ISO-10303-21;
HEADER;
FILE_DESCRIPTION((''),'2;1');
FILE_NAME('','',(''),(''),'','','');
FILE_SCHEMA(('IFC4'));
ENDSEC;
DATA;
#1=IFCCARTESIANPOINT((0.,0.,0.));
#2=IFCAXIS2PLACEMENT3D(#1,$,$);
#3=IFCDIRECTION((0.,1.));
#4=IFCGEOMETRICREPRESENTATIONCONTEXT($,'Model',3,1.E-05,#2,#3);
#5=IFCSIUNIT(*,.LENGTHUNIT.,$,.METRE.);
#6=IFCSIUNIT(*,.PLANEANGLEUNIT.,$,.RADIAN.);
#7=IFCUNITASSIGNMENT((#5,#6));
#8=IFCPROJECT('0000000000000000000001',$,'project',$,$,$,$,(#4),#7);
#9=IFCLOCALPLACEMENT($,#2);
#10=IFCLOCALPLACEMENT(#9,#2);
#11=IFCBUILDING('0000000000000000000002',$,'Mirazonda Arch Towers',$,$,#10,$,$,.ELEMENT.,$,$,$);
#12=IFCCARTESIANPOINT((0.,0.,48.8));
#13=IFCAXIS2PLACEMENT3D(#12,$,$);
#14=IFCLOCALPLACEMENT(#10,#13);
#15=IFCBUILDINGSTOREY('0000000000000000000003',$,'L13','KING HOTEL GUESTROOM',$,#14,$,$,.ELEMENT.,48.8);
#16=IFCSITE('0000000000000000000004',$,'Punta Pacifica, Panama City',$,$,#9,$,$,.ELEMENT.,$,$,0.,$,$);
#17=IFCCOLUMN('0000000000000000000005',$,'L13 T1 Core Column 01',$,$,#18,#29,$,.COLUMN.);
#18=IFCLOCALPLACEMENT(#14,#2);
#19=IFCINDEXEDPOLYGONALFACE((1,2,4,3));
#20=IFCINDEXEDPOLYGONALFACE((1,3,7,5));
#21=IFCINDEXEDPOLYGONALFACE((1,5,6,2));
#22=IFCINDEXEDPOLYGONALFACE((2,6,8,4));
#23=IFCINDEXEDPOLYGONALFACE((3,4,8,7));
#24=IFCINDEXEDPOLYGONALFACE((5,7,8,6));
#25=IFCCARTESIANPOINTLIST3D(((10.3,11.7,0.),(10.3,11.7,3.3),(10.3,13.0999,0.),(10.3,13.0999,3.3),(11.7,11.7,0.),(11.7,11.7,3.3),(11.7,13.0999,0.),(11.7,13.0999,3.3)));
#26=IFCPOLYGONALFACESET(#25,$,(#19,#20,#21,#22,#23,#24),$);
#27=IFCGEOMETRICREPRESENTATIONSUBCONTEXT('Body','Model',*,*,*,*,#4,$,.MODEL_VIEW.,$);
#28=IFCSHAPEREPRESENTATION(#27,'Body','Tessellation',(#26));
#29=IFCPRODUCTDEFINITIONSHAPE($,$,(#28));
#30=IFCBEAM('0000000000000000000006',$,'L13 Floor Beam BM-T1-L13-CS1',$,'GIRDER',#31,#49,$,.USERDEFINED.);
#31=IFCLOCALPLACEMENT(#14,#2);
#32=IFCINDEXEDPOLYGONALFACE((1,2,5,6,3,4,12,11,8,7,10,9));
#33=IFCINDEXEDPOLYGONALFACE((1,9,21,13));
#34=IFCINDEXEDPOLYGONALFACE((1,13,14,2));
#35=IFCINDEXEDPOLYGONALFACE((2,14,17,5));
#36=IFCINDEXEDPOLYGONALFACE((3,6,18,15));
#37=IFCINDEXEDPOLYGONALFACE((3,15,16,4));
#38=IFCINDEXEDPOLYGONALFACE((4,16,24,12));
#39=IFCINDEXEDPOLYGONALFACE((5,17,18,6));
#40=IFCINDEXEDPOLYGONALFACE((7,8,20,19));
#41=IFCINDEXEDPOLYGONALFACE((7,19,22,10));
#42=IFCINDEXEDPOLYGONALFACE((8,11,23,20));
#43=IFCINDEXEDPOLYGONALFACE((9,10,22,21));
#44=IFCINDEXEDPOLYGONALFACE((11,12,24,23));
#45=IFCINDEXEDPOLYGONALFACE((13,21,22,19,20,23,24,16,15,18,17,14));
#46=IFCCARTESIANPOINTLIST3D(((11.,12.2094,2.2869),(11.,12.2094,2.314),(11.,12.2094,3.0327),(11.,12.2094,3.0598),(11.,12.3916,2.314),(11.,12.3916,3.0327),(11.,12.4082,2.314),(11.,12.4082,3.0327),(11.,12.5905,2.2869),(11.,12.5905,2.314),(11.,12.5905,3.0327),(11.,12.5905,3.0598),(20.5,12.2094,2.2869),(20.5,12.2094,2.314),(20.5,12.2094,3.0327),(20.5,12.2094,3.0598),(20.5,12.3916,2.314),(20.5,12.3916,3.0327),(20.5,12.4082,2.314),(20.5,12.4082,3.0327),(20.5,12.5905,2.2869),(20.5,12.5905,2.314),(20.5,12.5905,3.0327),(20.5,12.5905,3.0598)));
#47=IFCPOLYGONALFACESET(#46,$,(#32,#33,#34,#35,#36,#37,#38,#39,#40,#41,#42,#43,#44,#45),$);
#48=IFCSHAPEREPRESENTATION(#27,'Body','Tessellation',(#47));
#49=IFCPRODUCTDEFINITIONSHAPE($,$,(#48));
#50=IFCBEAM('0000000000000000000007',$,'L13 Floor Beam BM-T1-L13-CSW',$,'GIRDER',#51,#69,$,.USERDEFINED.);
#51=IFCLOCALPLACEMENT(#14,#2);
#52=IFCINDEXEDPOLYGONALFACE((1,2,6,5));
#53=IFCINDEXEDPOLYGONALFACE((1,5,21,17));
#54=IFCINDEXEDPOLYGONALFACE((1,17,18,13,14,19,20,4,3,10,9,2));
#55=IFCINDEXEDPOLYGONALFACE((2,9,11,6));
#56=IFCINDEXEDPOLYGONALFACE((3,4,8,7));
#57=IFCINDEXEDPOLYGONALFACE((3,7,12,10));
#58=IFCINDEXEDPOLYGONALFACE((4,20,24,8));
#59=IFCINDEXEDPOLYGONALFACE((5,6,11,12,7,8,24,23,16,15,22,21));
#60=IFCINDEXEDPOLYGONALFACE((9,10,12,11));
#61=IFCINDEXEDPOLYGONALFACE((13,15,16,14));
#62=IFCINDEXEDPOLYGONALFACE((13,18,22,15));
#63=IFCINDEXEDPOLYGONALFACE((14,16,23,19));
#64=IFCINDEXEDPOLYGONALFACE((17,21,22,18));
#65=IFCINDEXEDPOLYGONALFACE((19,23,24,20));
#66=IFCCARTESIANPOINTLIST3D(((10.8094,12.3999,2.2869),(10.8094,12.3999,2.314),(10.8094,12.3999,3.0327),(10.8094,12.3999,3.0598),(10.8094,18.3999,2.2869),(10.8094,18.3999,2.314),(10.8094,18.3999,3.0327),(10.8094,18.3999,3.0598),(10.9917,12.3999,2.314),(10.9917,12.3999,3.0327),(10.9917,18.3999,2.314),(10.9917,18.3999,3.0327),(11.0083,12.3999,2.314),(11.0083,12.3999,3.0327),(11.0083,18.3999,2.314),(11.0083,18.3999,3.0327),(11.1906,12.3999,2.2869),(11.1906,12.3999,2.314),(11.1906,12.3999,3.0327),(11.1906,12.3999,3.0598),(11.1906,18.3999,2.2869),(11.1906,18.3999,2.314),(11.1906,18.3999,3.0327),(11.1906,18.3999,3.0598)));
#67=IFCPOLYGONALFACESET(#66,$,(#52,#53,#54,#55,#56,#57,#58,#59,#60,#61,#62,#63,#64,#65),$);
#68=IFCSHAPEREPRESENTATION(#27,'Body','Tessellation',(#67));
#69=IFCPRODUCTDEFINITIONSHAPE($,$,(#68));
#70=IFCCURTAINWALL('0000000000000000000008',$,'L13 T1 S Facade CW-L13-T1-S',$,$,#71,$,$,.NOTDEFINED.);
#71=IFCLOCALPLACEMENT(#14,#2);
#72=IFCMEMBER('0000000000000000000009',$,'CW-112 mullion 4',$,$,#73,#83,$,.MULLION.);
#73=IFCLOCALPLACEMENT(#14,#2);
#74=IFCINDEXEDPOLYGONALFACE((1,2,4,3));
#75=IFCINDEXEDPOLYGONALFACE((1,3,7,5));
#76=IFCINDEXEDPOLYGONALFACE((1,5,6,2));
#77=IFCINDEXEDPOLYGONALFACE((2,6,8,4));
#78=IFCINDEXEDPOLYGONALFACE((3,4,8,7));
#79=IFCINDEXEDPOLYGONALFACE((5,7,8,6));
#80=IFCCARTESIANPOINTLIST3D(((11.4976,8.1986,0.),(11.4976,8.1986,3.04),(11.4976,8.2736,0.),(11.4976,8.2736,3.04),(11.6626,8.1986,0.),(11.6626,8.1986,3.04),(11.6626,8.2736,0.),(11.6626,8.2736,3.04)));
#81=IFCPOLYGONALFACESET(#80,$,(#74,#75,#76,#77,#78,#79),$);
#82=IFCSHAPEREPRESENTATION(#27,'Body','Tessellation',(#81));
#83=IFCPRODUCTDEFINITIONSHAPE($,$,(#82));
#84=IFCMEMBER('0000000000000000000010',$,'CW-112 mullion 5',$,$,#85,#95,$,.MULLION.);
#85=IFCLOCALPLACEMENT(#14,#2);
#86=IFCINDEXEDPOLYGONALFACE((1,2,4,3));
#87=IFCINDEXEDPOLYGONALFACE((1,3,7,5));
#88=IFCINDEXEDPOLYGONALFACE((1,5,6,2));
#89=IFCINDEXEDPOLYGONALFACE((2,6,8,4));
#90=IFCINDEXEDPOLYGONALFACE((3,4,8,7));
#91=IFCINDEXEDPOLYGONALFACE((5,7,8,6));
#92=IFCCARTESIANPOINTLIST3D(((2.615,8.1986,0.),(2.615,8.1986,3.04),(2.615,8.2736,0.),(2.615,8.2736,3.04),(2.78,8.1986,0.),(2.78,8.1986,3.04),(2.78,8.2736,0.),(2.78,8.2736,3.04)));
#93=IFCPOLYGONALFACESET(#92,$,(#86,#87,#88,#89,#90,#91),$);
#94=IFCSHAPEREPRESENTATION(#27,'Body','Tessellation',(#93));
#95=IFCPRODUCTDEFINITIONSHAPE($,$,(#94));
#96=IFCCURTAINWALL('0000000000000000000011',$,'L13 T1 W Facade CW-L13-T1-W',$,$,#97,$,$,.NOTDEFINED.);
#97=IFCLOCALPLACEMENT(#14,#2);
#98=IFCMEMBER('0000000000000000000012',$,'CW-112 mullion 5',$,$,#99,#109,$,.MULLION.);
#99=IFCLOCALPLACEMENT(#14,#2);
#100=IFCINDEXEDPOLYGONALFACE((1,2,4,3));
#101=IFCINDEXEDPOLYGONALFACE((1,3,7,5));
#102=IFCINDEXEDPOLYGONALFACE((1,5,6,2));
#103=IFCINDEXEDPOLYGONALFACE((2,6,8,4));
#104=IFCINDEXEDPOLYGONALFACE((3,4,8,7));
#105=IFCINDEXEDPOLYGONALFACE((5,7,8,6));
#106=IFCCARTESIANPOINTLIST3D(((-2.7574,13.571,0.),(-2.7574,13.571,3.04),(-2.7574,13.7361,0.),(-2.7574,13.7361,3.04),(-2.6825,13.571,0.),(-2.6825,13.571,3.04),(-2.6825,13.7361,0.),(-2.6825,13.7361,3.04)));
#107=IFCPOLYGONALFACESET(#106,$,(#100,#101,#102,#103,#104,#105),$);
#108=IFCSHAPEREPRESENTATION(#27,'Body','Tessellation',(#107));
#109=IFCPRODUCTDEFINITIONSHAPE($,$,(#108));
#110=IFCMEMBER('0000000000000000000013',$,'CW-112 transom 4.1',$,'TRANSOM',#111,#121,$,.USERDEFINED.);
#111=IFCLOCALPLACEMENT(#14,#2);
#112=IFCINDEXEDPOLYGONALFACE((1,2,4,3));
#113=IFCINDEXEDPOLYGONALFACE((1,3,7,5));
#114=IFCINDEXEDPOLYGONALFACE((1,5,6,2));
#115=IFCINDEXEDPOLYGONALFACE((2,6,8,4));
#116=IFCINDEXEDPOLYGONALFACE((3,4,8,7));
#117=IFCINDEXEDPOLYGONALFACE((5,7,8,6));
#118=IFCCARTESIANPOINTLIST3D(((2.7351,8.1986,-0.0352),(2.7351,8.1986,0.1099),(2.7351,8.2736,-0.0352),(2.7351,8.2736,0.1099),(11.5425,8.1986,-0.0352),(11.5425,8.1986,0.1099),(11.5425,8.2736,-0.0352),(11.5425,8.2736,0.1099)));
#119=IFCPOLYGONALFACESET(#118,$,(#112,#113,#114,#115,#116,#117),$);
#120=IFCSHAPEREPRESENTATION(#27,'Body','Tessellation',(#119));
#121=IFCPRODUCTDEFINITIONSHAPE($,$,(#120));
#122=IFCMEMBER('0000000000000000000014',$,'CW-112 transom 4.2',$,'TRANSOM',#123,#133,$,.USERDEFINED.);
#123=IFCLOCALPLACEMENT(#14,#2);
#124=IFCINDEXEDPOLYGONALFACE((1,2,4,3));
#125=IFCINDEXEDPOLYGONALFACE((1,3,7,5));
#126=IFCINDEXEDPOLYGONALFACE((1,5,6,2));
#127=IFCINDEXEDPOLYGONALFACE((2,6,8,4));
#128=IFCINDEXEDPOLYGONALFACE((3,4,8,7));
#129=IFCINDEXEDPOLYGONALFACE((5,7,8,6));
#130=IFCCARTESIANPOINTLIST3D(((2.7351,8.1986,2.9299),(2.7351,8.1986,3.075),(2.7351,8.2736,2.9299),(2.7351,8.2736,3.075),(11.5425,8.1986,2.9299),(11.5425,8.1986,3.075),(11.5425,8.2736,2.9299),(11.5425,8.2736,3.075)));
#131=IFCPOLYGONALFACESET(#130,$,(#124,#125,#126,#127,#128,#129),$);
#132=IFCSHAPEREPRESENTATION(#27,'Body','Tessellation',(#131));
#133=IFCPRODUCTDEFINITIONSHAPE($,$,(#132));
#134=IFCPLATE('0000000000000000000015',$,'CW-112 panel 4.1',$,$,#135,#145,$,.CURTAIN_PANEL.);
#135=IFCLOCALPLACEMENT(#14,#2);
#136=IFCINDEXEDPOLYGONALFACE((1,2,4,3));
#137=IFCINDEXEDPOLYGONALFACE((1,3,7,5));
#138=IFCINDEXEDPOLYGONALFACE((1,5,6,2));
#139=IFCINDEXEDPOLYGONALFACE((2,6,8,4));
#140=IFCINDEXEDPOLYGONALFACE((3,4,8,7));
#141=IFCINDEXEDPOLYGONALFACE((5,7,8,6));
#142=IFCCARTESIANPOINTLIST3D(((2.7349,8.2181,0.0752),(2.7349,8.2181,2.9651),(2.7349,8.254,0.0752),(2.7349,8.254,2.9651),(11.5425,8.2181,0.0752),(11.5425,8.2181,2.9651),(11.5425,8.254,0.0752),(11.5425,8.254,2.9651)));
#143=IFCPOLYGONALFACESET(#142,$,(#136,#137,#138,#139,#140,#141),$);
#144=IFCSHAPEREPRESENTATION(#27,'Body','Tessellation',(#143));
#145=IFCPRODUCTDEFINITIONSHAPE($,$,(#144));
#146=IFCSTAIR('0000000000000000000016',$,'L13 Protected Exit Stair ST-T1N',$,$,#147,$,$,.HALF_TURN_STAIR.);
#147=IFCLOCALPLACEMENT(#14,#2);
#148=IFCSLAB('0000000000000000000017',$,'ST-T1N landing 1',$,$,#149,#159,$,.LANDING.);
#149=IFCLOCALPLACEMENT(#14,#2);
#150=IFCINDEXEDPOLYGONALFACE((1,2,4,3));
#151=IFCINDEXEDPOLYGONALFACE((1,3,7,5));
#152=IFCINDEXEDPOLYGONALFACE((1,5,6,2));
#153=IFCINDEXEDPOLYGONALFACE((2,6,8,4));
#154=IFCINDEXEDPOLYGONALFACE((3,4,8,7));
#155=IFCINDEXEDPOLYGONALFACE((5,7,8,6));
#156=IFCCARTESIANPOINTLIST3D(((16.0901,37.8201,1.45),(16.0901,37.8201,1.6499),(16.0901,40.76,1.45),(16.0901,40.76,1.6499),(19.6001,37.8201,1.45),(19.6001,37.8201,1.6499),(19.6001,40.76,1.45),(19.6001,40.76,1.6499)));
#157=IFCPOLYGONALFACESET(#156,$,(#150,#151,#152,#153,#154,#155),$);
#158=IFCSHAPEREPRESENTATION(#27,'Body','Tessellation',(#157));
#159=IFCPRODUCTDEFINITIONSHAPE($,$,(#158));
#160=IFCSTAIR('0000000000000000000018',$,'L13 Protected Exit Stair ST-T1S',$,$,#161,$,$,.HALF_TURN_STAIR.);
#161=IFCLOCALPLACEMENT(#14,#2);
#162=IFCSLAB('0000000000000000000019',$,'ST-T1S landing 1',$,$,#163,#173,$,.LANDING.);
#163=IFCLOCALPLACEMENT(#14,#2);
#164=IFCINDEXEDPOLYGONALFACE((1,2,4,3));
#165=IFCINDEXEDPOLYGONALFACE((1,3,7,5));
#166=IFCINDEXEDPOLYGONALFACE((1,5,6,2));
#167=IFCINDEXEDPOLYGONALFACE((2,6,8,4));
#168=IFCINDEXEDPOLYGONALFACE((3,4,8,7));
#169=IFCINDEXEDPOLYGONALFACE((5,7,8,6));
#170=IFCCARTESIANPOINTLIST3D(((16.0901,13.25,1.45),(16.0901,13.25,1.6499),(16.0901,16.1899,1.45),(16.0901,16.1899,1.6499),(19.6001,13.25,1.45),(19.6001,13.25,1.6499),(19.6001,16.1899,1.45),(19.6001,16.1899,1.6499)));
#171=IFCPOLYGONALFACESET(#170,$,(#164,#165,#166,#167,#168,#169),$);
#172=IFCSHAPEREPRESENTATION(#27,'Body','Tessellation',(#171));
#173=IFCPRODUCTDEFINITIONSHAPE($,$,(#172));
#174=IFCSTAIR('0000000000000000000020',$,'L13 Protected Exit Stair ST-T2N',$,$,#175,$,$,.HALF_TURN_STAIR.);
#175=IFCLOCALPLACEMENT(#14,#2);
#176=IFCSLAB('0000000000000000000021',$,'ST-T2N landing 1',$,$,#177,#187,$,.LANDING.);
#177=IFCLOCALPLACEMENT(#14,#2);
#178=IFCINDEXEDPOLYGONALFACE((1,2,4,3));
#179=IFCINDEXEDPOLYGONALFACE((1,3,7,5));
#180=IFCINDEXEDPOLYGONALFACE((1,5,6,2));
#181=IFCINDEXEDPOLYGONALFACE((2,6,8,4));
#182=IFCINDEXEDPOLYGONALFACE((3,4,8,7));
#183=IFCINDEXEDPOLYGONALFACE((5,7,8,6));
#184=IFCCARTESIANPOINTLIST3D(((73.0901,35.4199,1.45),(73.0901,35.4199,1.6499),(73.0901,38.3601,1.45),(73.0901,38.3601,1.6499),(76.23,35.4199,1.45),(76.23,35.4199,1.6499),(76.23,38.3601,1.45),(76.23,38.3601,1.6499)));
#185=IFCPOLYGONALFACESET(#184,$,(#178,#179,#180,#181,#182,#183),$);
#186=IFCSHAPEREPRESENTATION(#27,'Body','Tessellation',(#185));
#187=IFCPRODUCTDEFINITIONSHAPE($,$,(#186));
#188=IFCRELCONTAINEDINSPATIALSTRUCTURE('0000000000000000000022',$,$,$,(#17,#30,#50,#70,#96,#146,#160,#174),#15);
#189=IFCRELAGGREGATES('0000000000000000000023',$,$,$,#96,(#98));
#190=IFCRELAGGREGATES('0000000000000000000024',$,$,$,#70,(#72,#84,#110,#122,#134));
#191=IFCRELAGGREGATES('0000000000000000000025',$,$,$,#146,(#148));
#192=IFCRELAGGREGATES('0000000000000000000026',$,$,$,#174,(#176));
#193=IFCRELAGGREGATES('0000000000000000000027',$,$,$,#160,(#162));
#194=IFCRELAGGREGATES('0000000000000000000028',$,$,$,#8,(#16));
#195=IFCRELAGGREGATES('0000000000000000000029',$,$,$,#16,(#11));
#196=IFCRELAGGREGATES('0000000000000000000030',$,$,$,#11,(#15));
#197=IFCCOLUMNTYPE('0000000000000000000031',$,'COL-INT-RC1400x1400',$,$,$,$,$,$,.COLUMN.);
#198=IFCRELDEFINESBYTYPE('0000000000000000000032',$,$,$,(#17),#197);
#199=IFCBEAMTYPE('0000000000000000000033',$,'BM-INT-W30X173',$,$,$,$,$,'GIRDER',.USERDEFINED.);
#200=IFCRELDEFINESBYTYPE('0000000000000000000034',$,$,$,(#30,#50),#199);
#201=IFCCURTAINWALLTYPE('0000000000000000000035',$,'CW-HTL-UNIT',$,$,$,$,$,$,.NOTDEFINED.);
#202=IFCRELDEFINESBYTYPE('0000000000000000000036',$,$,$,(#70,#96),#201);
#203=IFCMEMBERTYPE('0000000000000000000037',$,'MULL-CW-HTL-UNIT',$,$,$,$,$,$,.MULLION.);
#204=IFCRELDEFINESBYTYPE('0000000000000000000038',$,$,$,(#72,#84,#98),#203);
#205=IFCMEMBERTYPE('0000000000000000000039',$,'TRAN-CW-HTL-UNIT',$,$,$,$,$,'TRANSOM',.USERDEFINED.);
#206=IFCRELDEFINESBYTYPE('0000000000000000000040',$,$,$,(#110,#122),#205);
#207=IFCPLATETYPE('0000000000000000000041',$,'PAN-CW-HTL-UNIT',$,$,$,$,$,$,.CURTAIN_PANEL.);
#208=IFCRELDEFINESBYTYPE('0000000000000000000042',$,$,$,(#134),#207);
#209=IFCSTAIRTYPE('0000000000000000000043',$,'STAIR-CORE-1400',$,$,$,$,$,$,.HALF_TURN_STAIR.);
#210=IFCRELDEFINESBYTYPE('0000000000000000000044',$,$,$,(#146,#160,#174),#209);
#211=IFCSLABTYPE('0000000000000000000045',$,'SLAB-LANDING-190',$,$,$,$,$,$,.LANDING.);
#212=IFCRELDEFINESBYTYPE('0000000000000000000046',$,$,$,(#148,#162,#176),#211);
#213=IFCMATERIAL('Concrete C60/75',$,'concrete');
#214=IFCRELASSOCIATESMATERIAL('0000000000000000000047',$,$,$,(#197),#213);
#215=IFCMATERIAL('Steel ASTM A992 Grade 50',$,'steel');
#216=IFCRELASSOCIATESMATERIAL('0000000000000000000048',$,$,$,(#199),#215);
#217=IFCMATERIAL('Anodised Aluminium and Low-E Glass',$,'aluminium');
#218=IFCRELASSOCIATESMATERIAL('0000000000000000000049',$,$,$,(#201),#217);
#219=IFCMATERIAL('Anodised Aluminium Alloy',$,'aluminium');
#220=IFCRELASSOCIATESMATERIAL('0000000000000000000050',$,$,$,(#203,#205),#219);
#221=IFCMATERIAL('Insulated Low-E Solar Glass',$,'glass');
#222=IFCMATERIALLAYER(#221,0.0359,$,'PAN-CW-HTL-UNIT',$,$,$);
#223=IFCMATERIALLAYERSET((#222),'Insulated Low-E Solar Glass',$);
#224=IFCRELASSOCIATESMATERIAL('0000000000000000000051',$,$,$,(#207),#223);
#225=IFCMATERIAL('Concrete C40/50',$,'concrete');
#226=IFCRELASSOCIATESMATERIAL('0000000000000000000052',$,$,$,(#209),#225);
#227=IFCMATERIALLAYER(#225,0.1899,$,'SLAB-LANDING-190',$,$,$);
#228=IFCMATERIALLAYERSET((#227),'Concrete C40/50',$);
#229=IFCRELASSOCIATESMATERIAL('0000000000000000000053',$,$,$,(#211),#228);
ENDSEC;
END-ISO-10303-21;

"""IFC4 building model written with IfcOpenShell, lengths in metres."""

from ifc_helpers import new_model, si_unit, direction, frame, origin, origin_2d, place, context, subcontext, project, spatial, polyline, rectangle, i_section, outline, extrude, material, layer, layer_set, material_profile, profile_set, type_object, element, aggregate, save


model = new_model("IFC4")

# Units and contexts
model_context = context("Model", 3, precision=1e-05, world=origin(), true_north=direction((0.0, 1.0)))
body_context = subcontext(model_context, "Body", "Model", "MODEL_VIEW")
ifc_project = project(units=[si_unit("LENGTHUNIT", "METRE"), si_unit("PLANEANGLEUNIT", "RADIAN")], contexts=[model_context])

# Site, building, storey
site_placement = place(None, origin())
site = spatial("IfcSite", under=ifc_project, at=site_placement, Name="Punta Pacifica, Panama City", CompositionType="ELEMENT", RefElevation=0.0)
building_placement = place(site_placement, origin())
building = spatial("IfcBuilding", under=site, at=building_placement, Name="Mirazonda Arch Towers", CompositionType="ELEMENT")
storey_placement = place(building_placement, frame((0.0, 0.0, 48.8)))
storey = spatial("IfcBuildingStorey", under=building, at=storey_placement, Name="L13", Description="KING HOTEL GUESTROOM", CompositionType="ELEMENT", Elevation=48.8)

# Column
ifc_material_1 = material(Name="Concrete C60/75", Category="concrete")
ifc_material_profile_1 = material_profile(ifc_material_1, rectangle(XDim=1.3999, YDim=1.3999, at=origin_2d()), Name="RC1400x1400")
ifc_profile_set_1 = profile_set([ifc_material_profile_1], Name="Concrete C60/75")
column_type = type_object("IfcColumnType", Name="COL-INT-RC1400x1400", PredefinedType="COLUMN", material=ifc_profile_set_1)
column_placement = place(storey_placement, frame((11.0, 12.3999, 0.0), z_axis=(0.0, 0.0, 1.0), x_axis=(1.0, 0.0, 0.0)))
element("IfcColumn", 1, at=column_placement, inside=storey, type_object=column_type, Name="L13 T1 Core Column 01", PredefinedType="COLUMN", context=body_context, shape_type="SweptSolid", body=[
    extrude(rectangle(XDim=1.3999, YDim=1.3999, at=origin_2d()), origin(), (0.0, 0.0, 1.0), 3.3),
])

# Beams
ifc_material_2 = material(Name="Steel ASTM A992 Grade 50", Category="steel")
ifc_material_profile_2 = material_profile(ifc_material_2, i_section(OverallWidth=0.3811, OverallDepth=0.7729, WebThickness=0.0166, FlangeThickness=0.0271, at=origin_2d()), Name="W30X173")
ifc_profile_set_2 = profile_set([ifc_material_profile_2], Name="Steel ASTM A992 Grade 50")
beam_type = type_object("IfcBeamType", Name="BM-INT-W30X173", ElementType="GIRDER", PredefinedType="USERDEFINED", material=ifc_profile_set_2)
beam_1_placement = place(storey_placement, frame((11.0, 12.3999, 2.6733), z_axis=(1.0, 0.0, 0.0), x_axis=(0.0, 1.0, 0.0)))
element("IfcBeam", 2, at=beam_1_placement, inside=storey, type_object=beam_type, Name="L13 Floor Beam BM-T1-L13-CS1", ObjectType="GIRDER", PredefinedType="USERDEFINED", context=body_context, shape_type="SweptSolid", body=[
    extrude(i_section(OverallWidth=0.3811, OverallDepth=0.7729, WebThickness=0.0166, FlangeThickness=0.0271, at=origin_2d()), origin(), (0.0, 0.0, 1.0), 9.5),
])
beam_2_placement = place(storey_placement, frame((11.0, 12.3999, 2.6733), z_axis=(0.0, 1.0, 0.0), x_axis=(-1.0, 0.0, 0.0)))
element("IfcBeam", 3, at=beam_2_placement, inside=storey, type_object=beam_type, Name="L13 Floor Beam BM-T1-L13-CSW", ObjectType="GIRDER", PredefinedType="USERDEFINED", context=body_context, shape_type="SweptSolid", body=[
    extrude(i_section(OverallWidth=0.3811, OverallDepth=0.7729, WebThickness=0.0166, FlangeThickness=0.0271, at=origin_2d()), origin(), (0.0, 0.0, 1.0), 6.0),
])

# Curtain wall, members
ifc_material_3 = material(Name="Anodised Aluminium and Low-E Glass", Category="aluminium")
curtain_wall_type = type_object("IfcCurtainWallType", Name="CW-HTL-UNIT", PredefinedType="NOTDEFINED", material=ifc_material_3)
curtain_wall_1_placement = place(storey_placement, origin())
curtain_wall_1 = element("IfcCurtainWall", 4, at=curtain_wall_1_placement, inside=storey, type_object=curtain_wall_type, Name="L13 T1 S Facade CW-L13-T1-S", PredefinedType="NOTDEFINED")
ifc_material_4 = material(Name="Anodised Aluminium Alloy", Category="aluminium")
ifc_material_profile_3 = material_profile(ifc_material_4, rectangle(XDim=0.075, YDim=0.165, at=origin_2d()), Name="ALU-MULL-75x165")
ifc_profile_set_3 = profile_set([ifc_material_profile_3], Name="Anodised Aluminium Alloy")
member_type_1 = type_object("IfcMemberType", Name="MULL-CW-HTL-UNIT", PredefinedType="MULLION", material=ifc_profile_set_3)
member_1_placement = place(storey_placement, frame((11.5801, 8.2361, 0.0), z_axis=(0.0, 0.0, 1.0), x_axis=(0.0, -1.0, 0.0)))
member_1 = element("IfcMember", 5, at=member_1_placement, type_object=member_type_1, Name="CW-112 mullion 4", PredefinedType="MULLION", context=body_context, shape_type="SweptSolid", body=[
    extrude(rectangle(XDim=0.075, YDim=0.165, at=origin_2d()), origin(), (0.0, 0.0, 1.0), 3.04),
])
member_2_placement = place(storey_placement, frame((2.6975, 8.2361, 0.0), z_axis=(0.0, 0.0, 1.0), x_axis=(0.0, -1.0, 0.0)))
member_2 = element("IfcMember", 6, at=member_2_placement, type_object=member_type_1, Name="CW-112 mullion 5", PredefinedType="MULLION", context=body_context, shape_type="SweptSolid", body=[
    extrude(rectangle(XDim=0.075, YDim=0.165, at=origin_2d()), origin(), (0.0, 0.0, 1.0), 3.04),
])

# Curtain wall, member
curtain_wall_2_placement = place(storey_placement, origin())
curtain_wall_2 = element("IfcCurtainWall", 7, at=curtain_wall_2_placement, inside=storey, type_object=curtain_wall_type, Name="L13 T1 W Facade CW-L13-T1-W", PredefinedType="NOTDEFINED")
member_3_placement = place(storey_placement, frame((-2.72, 13.6536, 0.0), z_axis=(0.0, 0.0, 1.0), x_axis=(1.0, 0.0, 0.0)))
member_3 = element("IfcMember", 8, at=member_3_placement, type_object=member_type_1, Name="CW-112 mullion 5", PredefinedType="MULLION", context=body_context, shape_type="SweptSolid", body=[
    extrude(rectangle(XDim=0.075, YDim=0.165, at=origin_2d()), origin(), (0.0, 0.0, 1.0), 3.04),
])
aggregate(curtain_wall_2, [member_3])

# Members
ifc_material_profile_4 = material_profile(ifc_material_4, rectangle(XDim=0.075, YDim=0.145, at=origin_2d()), Name="ALU-TRAN-75x145")
ifc_profile_set_4 = profile_set([ifc_material_profile_4], Name="Anodised Aluminium Alloy")
member_type_2 = type_object("IfcMemberType", Name="TRAN-CW-HTL-UNIT", ElementType="TRANSOM", PredefinedType="USERDEFINED", material=ifc_profile_set_4)
member_4_placement = place(storey_placement, frame((11.5425, 8.2361, 0.0374), z_axis=(-1.0, 0.0, 0.0), x_axis=(0.0, -1.0, 0.0)))
member_4 = element("IfcMember", 9, at=member_4_placement, type_object=member_type_2, Name="CW-112 transom 4.1", ObjectType="TRANSOM", PredefinedType="USERDEFINED", context=body_context, shape_type="SweptSolid", body=[
    extrude(rectangle(XDim=0.075, YDim=0.145, at=origin_2d()), origin(), (0.0, 0.0, 1.0), 8.8074),
])
member_5_placement = place(storey_placement, frame((11.5425, 8.2361, 3.0024), z_axis=(-1.0, 0.0, 0.0), x_axis=(0.0, -1.0, 0.0)))
member_5 = element("IfcMember", 10, at=member_5_placement, type_object=member_type_2, Name="CW-112 transom 4.2", ObjectType="TRANSOM", PredefinedType="USERDEFINED", context=body_context, shape_type="SweptSolid", body=[
    extrude(rectangle(XDim=0.075, YDim=0.145, at=origin_2d()), origin(), (0.0, 0.0, 1.0), 8.8074),
])

# Plate
ifc_material_5 = material(Name="Insulated Low-E Solar Glass", Category="glass")
ifc_layer_1 = layer(ifc_material_5, 0.0359, Name="PAN-CW-HTL-UNIT")
ifc_layer_set_1 = layer_set([ifc_layer_1], Name="Insulated Low-E Solar Glass")
plate_type = type_object("IfcPlateType", Name="PAN-CW-HTL-UNIT", PredefinedType="CURTAIN_PANEL", material=ifc_layer_set_1)
plate_placement = place(storey_placement, frame((7.1387, 8.2361, 0.0752), z_axis=(0.0, 0.0, 1.0), x_axis=(-1.0, 0.0, 0.0)))
plate = element("IfcPlate", 11, at=plate_placement, type_object=plate_type, Name="CW-112 panel 4.1", PredefinedType="CURTAIN_PANEL", context=body_context, shape_type="SweptSolid", body=[
    extrude(rectangle(XDim=8.8076, YDim=0.0359, at=origin_2d()), origin(), (0.0, 0.0, 1.0), 2.8899),
])
aggregate(curtain_wall_1, [member_1, member_2, member_4, member_5, plate])

# Stairs, slabs
ifc_material_6 = material(Name="Concrete C40/50", Category="concrete")
stair_type = type_object("IfcStairType", Name="STAIR-CORE-1400", PredefinedType="HALF_TURN_STAIR", material=ifc_material_6)
stair_1_placement = place(storey_placement, origin())
stair_1 = element("IfcStair", 12, at=stair_1_placement, inside=storey, type_object=stair_type, Name="L13 Protected Exit Stair ST-T1N", PredefinedType="HALF_TURN_STAIR")
ifc_layer_2 = layer(ifc_material_6, 0.1899, Name="SLAB-LANDING-190")
ifc_layer_set_2 = layer_set([ifc_layer_2], Name="Concrete C40/50")
slab_type_1 = type_object("IfcSlabType", Name="SLAB-LANDING-190", PredefinedType="LANDING", material=ifc_layer_set_2)
slab_1_placement = place(storey_placement, frame((0.0, 0.0, 1.45)))
slab_1 = element("IfcSlab", 13, at=slab_1_placement, type_object=slab_type_1, Name="ST-T1N landing 1", PredefinedType="LANDING", context=body_context, shape_type="SweptSolid", body=[
    extrude(outline(polyline([(16.0901, 37.8201), (19.6001, 37.8201), (19.6001, 40.76), (16.0901, 40.76), (16.0901, 37.8201)])), origin(), (0.0, 0.0, 1.0), 0.2),
])
aggregate(stair_1, [slab_1])
stair_2_placement = place(storey_placement, origin())
stair_2 = element("IfcStair", 14, at=stair_2_placement, inside=storey, type_object=stair_type, Name="L13 Protected Exit Stair ST-T1S", PredefinedType="HALF_TURN_STAIR")
slab_2_placement = place(storey_placement, frame((0.0, 0.0, 1.45)))
slab_2 = element("IfcSlab", 15, at=slab_2_placement, type_object=slab_type_1, Name="ST-T1S landing 1", PredefinedType="LANDING", context=body_context, shape_type="SweptSolid", body=[
    extrude(outline(polyline([(16.0901, 13.25), (19.6001, 13.25), (19.6001, 16.1899), (16.0901, 16.1899), (16.0901, 13.25)])), origin(), (0.0, 0.0, 1.0), 0.2),
])
stair_3_placement = place(storey_placement, origin())
stair_3 = element("IfcStair", 16, at=stair_3_placement, inside=storey, type_object=stair_type, Name="L13 Protected Exit Stair ST-T2N", PredefinedType="HALF_TURN_STAIR")
slab_3_placement = place(storey_placement, frame((0.0, 0.0, 1.45)))
slab_3 = element("IfcSlab", 17, at=slab_3_placement, type_object=slab_type_1, Name="ST-T2N landing 1", PredefinedType="LANDING", context=body_context, shape_type="SweptSolid", body=[
    extrude(outline(polyline([(73.0901, 35.4199), (76.23, 35.4199), (76.23, 38.3601), (73.0901, 38.3601), (73.0901, 35.4199)])), origin(), (0.0, 0.0, 1.0), 0.2),
])
aggregate(stair_3, [slab_3])

aggregate(stair_2, [slab_2])

save(model, "model.ifc")
